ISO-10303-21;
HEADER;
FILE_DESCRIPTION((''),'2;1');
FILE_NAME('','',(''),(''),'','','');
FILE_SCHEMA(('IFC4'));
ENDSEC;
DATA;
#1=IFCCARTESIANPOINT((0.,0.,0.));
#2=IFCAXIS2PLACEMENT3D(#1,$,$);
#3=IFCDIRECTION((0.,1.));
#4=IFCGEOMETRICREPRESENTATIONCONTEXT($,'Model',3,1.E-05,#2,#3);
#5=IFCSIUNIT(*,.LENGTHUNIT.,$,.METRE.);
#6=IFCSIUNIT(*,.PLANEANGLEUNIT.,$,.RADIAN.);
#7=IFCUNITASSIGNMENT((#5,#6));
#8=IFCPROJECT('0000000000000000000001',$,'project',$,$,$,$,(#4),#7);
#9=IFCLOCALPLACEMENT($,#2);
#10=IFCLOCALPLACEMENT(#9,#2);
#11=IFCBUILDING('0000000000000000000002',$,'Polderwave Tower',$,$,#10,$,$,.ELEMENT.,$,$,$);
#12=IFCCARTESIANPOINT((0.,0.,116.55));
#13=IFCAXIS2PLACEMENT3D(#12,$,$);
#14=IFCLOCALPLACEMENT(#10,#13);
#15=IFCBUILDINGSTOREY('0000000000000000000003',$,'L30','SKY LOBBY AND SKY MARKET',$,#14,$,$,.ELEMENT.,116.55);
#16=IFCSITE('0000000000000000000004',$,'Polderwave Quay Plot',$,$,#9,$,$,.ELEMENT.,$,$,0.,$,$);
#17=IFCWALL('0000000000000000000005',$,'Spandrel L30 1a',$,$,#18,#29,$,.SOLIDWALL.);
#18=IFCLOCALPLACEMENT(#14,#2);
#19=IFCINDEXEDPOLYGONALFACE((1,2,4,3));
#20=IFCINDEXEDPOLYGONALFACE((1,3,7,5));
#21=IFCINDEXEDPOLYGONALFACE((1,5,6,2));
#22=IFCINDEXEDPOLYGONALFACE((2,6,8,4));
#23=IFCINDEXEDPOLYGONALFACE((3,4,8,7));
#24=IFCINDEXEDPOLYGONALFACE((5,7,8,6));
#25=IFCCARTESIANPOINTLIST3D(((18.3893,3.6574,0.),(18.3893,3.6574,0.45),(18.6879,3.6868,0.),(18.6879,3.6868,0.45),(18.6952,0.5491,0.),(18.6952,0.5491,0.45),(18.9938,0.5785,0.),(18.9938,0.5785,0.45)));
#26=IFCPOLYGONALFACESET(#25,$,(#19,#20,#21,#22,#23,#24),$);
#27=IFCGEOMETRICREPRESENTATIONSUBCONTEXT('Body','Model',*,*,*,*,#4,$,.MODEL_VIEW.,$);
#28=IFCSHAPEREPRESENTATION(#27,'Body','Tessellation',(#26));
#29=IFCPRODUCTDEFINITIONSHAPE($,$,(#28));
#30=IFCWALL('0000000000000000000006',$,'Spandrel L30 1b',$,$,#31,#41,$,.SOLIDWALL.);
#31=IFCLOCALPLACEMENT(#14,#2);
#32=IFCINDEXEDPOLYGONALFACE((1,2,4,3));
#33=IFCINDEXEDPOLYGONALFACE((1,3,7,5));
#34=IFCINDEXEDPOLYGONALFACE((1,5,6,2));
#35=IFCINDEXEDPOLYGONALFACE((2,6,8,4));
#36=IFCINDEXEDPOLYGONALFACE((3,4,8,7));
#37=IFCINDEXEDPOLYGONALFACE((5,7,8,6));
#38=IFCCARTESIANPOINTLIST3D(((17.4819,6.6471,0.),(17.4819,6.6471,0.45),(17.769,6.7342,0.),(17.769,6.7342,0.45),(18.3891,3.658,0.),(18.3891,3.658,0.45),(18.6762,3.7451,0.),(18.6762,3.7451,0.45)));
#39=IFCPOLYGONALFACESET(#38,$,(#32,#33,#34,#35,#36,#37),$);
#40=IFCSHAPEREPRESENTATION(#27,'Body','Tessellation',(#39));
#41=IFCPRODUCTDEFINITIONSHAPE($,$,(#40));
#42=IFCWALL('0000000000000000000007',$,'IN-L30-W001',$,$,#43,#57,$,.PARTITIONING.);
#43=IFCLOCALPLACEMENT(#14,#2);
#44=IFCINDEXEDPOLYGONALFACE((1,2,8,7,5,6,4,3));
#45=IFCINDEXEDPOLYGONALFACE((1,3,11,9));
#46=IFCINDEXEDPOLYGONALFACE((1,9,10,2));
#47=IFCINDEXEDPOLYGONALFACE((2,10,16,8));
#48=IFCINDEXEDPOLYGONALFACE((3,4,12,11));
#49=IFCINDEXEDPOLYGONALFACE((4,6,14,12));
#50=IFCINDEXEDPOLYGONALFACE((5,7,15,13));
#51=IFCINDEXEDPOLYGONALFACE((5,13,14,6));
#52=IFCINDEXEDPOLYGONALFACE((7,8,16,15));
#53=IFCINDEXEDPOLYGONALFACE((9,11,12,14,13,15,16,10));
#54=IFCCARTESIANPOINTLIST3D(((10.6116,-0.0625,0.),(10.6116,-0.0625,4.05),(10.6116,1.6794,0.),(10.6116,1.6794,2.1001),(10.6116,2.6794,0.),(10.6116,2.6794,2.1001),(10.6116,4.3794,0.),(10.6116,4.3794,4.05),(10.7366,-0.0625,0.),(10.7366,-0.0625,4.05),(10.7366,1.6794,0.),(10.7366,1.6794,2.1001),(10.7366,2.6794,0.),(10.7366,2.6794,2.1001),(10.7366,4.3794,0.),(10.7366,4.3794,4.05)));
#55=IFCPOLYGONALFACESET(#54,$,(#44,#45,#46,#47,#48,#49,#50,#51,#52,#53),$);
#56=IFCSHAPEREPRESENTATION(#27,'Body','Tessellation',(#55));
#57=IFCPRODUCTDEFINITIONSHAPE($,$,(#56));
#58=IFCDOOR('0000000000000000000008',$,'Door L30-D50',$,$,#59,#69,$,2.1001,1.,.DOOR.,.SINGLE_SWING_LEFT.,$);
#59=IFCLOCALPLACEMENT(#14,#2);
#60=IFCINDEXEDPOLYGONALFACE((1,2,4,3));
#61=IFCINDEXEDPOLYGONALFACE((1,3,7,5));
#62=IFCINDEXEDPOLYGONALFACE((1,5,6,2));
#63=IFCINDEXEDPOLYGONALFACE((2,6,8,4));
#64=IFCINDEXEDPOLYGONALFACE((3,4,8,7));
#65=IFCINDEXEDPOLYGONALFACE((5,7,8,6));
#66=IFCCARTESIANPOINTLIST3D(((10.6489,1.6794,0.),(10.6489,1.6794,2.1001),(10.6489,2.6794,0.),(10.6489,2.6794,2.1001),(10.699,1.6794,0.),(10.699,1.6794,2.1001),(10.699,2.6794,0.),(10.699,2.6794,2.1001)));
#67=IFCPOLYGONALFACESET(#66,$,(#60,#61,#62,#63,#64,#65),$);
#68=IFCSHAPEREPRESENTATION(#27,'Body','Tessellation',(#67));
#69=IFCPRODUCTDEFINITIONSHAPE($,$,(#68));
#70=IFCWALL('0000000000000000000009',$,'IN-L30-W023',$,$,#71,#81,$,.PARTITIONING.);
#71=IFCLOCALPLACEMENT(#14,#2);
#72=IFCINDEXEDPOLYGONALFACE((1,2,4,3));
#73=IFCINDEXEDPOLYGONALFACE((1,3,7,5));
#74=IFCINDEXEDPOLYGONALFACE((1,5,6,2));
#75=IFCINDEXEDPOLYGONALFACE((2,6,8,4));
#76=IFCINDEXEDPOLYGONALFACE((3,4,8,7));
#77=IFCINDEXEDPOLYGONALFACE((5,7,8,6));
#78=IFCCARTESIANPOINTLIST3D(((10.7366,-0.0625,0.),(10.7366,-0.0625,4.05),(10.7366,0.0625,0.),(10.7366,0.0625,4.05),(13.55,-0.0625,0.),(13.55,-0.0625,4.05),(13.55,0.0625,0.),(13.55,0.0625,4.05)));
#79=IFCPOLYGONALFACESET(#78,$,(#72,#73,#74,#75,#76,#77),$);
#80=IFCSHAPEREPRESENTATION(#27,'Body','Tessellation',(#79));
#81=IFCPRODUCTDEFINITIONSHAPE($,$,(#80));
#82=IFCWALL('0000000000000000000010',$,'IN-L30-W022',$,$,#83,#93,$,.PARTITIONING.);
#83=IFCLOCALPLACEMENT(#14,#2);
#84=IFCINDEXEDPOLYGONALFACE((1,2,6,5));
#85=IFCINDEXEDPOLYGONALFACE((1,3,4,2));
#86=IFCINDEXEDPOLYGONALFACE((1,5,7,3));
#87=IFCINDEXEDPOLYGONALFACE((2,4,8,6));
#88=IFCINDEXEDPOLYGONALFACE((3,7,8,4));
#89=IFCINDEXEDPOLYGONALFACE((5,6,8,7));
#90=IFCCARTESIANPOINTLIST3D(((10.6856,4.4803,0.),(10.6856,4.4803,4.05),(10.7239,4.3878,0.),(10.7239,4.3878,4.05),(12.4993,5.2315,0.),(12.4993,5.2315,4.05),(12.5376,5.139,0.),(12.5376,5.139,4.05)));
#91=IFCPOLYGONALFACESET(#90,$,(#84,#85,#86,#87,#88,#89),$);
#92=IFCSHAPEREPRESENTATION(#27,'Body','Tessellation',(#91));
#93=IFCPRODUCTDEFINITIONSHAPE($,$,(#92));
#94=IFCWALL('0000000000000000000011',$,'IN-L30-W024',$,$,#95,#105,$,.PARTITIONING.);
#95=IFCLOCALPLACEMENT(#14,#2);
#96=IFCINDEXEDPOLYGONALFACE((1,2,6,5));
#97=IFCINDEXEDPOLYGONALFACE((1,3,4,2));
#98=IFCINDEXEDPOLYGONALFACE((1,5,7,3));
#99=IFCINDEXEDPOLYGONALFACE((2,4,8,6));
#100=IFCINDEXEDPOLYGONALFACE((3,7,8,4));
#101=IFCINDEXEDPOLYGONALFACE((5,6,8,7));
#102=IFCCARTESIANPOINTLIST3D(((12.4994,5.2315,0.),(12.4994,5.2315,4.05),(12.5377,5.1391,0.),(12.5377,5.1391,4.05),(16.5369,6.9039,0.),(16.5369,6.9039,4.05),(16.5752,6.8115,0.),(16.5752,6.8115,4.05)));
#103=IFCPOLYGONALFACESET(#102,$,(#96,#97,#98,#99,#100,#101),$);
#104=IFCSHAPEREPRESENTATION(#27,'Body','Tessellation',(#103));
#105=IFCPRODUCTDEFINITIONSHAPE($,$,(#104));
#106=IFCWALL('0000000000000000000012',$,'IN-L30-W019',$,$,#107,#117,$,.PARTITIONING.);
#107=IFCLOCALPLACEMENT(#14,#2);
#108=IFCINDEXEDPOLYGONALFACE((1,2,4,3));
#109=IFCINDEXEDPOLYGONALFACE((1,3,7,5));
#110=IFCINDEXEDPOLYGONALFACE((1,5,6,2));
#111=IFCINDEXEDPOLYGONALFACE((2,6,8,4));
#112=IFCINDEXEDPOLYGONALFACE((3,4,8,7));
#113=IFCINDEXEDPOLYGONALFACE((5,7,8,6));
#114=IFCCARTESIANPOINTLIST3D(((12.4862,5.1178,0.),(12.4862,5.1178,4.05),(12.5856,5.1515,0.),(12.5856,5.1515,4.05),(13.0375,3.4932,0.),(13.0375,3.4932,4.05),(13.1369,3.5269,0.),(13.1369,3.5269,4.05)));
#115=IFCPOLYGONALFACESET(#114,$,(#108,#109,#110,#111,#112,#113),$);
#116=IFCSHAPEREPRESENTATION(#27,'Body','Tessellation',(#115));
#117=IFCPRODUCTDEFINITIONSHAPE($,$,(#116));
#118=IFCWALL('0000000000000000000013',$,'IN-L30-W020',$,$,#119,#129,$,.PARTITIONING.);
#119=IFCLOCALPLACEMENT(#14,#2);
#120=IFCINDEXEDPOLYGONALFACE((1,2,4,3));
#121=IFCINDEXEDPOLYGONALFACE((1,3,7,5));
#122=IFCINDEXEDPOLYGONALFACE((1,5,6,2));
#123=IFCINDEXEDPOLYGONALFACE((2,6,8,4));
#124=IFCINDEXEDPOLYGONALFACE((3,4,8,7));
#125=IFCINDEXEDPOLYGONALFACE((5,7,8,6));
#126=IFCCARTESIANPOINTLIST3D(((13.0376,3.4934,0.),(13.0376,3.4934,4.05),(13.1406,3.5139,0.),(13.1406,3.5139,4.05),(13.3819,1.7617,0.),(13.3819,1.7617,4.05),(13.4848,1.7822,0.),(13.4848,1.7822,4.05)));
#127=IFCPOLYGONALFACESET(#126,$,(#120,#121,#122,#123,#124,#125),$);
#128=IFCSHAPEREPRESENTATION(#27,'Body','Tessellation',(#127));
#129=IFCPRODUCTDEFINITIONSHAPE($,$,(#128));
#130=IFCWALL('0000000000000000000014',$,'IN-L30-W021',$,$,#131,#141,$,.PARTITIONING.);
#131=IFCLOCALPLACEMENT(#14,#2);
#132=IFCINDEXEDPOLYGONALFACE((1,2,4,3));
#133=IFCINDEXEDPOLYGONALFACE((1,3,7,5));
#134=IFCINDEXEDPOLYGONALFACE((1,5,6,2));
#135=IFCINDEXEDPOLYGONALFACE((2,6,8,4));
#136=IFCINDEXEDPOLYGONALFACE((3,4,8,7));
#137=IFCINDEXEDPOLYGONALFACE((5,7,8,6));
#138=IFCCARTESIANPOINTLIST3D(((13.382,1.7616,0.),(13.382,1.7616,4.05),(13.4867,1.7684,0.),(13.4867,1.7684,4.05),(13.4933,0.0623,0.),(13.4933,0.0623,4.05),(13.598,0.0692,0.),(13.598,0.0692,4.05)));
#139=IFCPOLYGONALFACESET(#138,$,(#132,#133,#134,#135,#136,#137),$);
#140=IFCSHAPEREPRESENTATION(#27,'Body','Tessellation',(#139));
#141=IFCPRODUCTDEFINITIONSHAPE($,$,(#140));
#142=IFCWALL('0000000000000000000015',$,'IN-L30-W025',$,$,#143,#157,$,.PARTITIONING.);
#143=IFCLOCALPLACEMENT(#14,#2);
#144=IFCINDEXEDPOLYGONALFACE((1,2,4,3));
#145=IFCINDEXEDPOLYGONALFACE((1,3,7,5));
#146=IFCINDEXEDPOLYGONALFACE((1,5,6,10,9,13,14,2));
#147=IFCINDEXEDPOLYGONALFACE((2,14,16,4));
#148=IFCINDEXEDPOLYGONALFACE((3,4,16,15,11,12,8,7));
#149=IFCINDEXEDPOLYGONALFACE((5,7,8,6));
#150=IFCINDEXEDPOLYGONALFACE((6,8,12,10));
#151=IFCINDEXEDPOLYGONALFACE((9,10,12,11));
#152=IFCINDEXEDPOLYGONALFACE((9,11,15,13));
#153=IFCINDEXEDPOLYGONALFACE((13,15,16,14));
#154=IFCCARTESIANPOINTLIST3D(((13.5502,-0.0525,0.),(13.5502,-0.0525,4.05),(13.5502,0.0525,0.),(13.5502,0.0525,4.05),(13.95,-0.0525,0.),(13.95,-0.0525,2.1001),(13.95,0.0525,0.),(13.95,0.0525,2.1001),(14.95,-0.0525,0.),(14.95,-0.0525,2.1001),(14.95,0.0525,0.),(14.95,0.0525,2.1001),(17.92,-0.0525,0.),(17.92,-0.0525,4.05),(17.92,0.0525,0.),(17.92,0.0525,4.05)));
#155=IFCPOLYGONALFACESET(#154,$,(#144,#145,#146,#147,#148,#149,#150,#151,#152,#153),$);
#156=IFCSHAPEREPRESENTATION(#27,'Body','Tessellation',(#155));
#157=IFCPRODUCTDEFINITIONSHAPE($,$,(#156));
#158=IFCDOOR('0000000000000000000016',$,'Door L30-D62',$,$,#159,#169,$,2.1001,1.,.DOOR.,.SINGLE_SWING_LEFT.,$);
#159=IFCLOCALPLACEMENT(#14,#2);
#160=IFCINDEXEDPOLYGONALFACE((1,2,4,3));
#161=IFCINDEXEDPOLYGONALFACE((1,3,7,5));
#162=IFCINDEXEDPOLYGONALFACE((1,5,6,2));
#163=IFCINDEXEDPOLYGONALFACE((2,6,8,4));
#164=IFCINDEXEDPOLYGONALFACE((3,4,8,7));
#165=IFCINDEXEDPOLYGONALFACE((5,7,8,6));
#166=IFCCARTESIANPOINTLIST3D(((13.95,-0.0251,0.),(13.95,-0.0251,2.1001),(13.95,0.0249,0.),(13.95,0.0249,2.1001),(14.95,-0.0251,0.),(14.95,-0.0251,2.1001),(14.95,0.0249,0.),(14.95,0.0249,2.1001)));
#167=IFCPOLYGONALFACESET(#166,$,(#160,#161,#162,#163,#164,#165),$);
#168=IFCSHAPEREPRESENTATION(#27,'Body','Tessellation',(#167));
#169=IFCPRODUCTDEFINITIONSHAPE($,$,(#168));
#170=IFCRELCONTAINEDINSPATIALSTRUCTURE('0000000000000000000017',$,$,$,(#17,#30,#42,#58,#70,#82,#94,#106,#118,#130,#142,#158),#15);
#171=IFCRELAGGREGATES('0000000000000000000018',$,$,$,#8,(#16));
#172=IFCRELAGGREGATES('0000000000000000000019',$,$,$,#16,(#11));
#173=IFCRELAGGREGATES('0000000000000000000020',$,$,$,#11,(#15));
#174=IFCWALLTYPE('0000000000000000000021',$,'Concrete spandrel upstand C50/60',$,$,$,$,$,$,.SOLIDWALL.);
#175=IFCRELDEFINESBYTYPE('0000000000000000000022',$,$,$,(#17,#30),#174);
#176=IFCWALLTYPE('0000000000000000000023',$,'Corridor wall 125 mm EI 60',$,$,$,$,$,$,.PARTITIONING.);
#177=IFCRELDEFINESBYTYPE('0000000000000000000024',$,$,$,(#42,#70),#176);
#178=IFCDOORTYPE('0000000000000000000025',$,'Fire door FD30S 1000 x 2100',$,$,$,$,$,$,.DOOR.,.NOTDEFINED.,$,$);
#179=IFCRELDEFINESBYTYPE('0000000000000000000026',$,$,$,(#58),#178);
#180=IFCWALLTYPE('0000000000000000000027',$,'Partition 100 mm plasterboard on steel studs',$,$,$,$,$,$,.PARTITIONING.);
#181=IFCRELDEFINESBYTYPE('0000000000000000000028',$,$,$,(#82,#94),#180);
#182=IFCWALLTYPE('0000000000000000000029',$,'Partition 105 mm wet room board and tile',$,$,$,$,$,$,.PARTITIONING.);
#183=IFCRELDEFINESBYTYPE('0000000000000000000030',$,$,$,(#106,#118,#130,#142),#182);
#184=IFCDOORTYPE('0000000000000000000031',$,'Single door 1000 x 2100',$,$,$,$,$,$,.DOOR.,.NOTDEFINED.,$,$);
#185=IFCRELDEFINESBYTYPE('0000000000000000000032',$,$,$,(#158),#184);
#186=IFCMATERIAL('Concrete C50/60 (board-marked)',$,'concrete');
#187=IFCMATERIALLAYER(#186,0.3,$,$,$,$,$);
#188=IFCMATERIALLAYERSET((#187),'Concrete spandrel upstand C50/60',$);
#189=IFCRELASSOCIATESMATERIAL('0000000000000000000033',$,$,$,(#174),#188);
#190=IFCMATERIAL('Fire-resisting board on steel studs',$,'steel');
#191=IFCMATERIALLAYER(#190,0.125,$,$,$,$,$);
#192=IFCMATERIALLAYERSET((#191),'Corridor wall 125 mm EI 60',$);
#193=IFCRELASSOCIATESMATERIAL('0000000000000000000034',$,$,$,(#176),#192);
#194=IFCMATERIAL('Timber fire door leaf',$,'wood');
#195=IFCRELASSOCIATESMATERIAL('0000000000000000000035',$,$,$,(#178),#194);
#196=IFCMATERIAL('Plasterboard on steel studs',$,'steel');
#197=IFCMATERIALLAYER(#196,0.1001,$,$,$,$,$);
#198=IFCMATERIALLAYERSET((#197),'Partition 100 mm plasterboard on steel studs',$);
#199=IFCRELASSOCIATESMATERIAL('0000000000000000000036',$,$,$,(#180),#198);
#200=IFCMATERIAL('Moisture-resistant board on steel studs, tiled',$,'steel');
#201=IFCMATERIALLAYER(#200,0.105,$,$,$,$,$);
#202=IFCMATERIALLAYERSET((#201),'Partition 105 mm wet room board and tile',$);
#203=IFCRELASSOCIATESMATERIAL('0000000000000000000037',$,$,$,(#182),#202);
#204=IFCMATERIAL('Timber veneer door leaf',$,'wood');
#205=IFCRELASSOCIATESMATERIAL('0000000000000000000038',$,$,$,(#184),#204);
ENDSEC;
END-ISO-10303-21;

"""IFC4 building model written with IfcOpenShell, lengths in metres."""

from ifc_helpers import new_model, si_unit, direction, frame, frame_2d, origin, place, context, subcontext, project, spatial, rectangle, extrude, material, layer, layer_set, type_object, element, fill, save


model = new_model("IFC4")

# Units and contexts
model_context = context("Model", 3, precision=1e-05, world=origin(), true_north=direction((0.0, 1.0)))
body_context = subcontext(model_context, "Body", "Model", "MODEL_VIEW")
ifc_project = project(units=[si_unit("LENGTHUNIT", "METRE"), si_unit("PLANEANGLEUNIT", "RADIAN")], contexts=[model_context])

# Site, building, storey
site_placement = place(None, origin())
site = spatial("IfcSite", under=ifc_project, at=site_placement, Name="Polderwave Quay Plot", CompositionType="ELEMENT", RefElevation=0.0)
building_placement = place(site_placement, origin())
building = spatial("IfcBuilding", under=site, at=building_placement, Name="Polderwave Tower", CompositionType="ELEMENT")
storey_placement = place(building_placement, frame((0.0, 0.0, 116.55)))
storey = spatial("IfcBuildingStorey", under=building, at=storey_placement, Name="L30", Description="SKY LOBBY AND SKY MARKET", CompositionType="ELEMENT", Elevation=116.55)

# Walls
ifc_material_1 = material(Name="Concrete C50/60 (board-marked)", Category="concrete")
ifc_layer_1 = layer(ifc_material_1, 0.3)
ifc_layer_set_1 = layer_set([ifc_layer_1], Name="Concrete spandrel upstand C50/60")
wall_type_1 = type_object("IfcWallType", Name="Concrete spandrel upstand C50/60", PredefinedType="SOLIDWALL", material=ifc_layer_set_1)
wall_1_placement = place(storey_placement, frame((18.8445, 0.564, 0.0), z_axis=(0.0, 0.0, 1.0), x_axis=(-0.097948, 0.995192, 0.0)))
element("IfcWall", 1, at=wall_1_placement, inside=storey, type_object=wall_type_1, Name="Spandrel L30 1a", PredefinedType="SOLIDWALL", context=body_context, shape_type="SweptSolid", body=[
    extrude(rectangle(XDim=3.1233, YDim=0.3, at=frame_2d((1.5615, 0.0))), origin(), (0.0, 0.0, 1.0), 0.45),
])
wall_2_placement = place(storey_placement, frame((18.5327, 3.7014, 0.0), z_axis=(0.0, 0.0, 1.0), x_axis=(-0.290415, 0.956901, 0.0)))
element("IfcWall", 2, at=wall_2_placement, inside=storey, type_object=wall_type_1, Name="Spandrel L30 1b", PredefinedType="SOLIDWALL", context=body_context, shape_type="SweptSolid", body=[
    extrude(rectangle(XDim=3.1238, YDim=0.3, at=frame_2d((1.562, 0.0))), origin(), (0.0, 0.0, 1.0), 0.45),
])

# Wall, opening, door
ifc_material_2 = material(Name="Fire-resisting board on steel studs", Category="steel")
ifc_layer_2 = layer(ifc_material_2, 0.125)
ifc_layer_set_2 = layer_set([ifc_layer_2], Name="Corridor wall 125 mm EI 60")
wall_type_2 = type_object("IfcWallType", Name="Corridor wall 125 mm EI 60", PredefinedType="PARTITIONING", material=ifc_layer_set_2)
wall_3_placement = place(storey_placement, frame((10.6741, 4.3794, 0.0), z_axis=(0.0, 0.0, 1.0), x_axis=(0.0, -1.0, 0.0)))
wall_3 = element("IfcWall", 3, at=wall_3_placement, inside=storey, type_object=wall_type_2, Name="IN-L30-W001", PredefinedType="PARTITIONING", context=body_context, shape_type="SweptSolid", body=[
    extrude(rectangle(XDim=4.4419, YDim=0.125, at=frame_2d((2.2209, 0.0))), origin(), (0.0, 0.0, 1.0), 4.05),
])
opening_1_placement = place(wall_3_placement, frame((1.7, 0.0, 0.0)))
opening_1 = element("IfcOpeningElement", 4, at=opening_1_placement, cuts=wall_3, PredefinedType="OPENING", context=body_context, shape_type="SweptSolid", body=[
    extrude(rectangle(XDim=1.0, YDim=2.1001, at=frame_2d((0.5, 1.05))), frame((0.0, 0.0725, 0.0), z_axis=(0.0, -1.0, 0.0), x_axis=(1.0, 0.0, 0.0)), (0.0, 0.0, 1.0), 0.145),
])
ifc_material_3 = material(Name="Timber fire door leaf", Category="wood")
door_type_1 = type_object("IfcDoorType", Name="Fire door FD30S 1000 x 2100", OperationType="NOTDEFINED", PredefinedType="DOOR", material=ifc_material_3)
door_1_placement = place(opening_1_placement, origin())
door_1 = element("IfcDoor", 5, at=door_1_placement, inside=storey, type_object=door_type_1, Name="Door L30-D50", OperationType="SINGLE_SWING_LEFT", OverallHeight=2.1001, OverallWidth=1.0, PredefinedType="DOOR", context=body_context, shape_type="SweptSolid", body=[
    extrude(rectangle(XDim=1.0, YDim=2.1001, at=frame_2d((0.5, 1.05))), frame((0.0, 0.0249, 0.0), z_axis=(0.0, -1.0, 0.0), x_axis=(1.0, 0.0, 0.0)), (0.0, 0.0, 1.0), 0.05),
])
fill(opening_1, door_1)

# Walls
wall_4_placement = place(storey_placement, frame((13.55, 0.0, 0.0), z_axis=(0.0, 0.0, 1.0), x_axis=(-1.0, 0.0, 0.0)))
element("IfcWall", 6, at=wall_4_placement, inside=storey, type_object=wall_type_2, Name="IN-L30-W023", PredefinedType="PARTITIONING", context=body_context, shape_type="SweptSolid", body=[
    extrude(rectangle(XDim=2.8135, YDim=0.125, at=frame_2d((1.4067, 0.0))), origin(), (0.0, 0.0, 1.0), 4.05),
])
ifc_material_4 = material(Name="Plasterboard on steel studs", Category="steel")
ifc_layer_3 = layer(ifc_material_4, 0.1001)
ifc_layer_set_3 = layer_set([ifc_layer_3], Name="Partition 100 mm plasterboard on steel studs")
wall_type_3 = type_object("IfcWallType", Name="Partition 100 mm plasterboard on steel studs", PredefinedType="PARTITIONING", material=ifc_layer_set_3)
wall_5_placement = place(storey_placement, frame((10.7048, 4.4341, 0.0), z_axis=(0.0, 0.0, 1.0), x_axis=(0.923888, 0.382663, 0.0)))
element("IfcWall", 7, at=wall_5_placement, inside=storey, type_object=wall_type_3, Name="IN-L30-W022", PredefinedType="PARTITIONING", context=body_context, shape_type="SweptSolid", body=[
    extrude(rectangle(XDim=1.9631, YDim=0.1001, at=frame_2d((0.9814, 0.0))), origin(), (0.0, 0.0, 1.0), 4.05),
])
wall_6_placement = place(storey_placement, frame((12.5186, 5.1853, 0.0), z_axis=(0.0, 0.0, 1.0), x_axis=(0.923877, 0.382691, 0.0)))
element("IfcWall", 8, at=wall_6_placement, inside=storey, type_object=wall_type_3, Name="IN-L30-W024", PredefinedType="PARTITIONING", context=body_context, shape_type="SweptSolid", body=[
    extrude(rectangle(XDim=4.3701, YDim=0.1001, at=frame_2d((2.1851, 0.0))), origin(), (0.0, 0.0, 1.0), 4.05),
])
ifc_material_5 = material(Name="Moisture-resistant board on steel studs, tiled", Category="steel")
ifc_layer_4 = layer(ifc_material_5, 0.105)
ifc_layer_set_4 = layer_set([ifc_layer_4], Name="Partition 105 mm wet room board and tile")
wall_type_4 = type_object("IfcWallType", Name="Partition 105 mm wet room board and tile", PredefinedType="PARTITIONING", material=ifc_layer_set_4)
wall_7_placement = place(storey_placement, frame((12.5359, 5.1348, 0.0), z_axis=(0.0, 0.0, 1.0), x_axis=(0.321346, -0.946962, 0.0)))
element("IfcWall", 9, at=wall_7_placement, inside=storey, type_object=wall_type_4, Name="IN-L30-W019", PredefinedType="PARTITIONING", context=body_context, shape_type="SweptSolid", body=[
    extrude(rectangle(XDim=1.7156, YDim=0.105, at=frame_2d((0.8579, 0.0))), origin(), (0.0, 0.0, 1.0), 4.05),
])
wall_8_placement = place(storey_placement, frame((13.0891, 3.5037, 0.0), z_axis=(0.0, 0.0, 1.0), x_axis=(0.194973, -0.980809, 0.0)))
element("IfcWall", 10, at=wall_8_placement, inside=storey, type_object=wall_type_4, Name="IN-L30-W020", PredefinedType="PARTITIONING", context=body_context, shape_type="SweptSolid", body=[
    extrude(rectangle(XDim=1.7656, YDim=0.105, at=frame_2d((0.8828, 0.0))), origin(), (0.0, 0.0, 1.0), 4.05),
])
wall_9_placement = place(storey_placement, frame((13.4343, 1.7651, 0.0), z_axis=(0.0, 0.0, 1.0), x_axis=(0.065377, -0.997861, 0.0)))
element("IfcWall", 11, at=wall_9_placement, inside=storey, type_object=wall_type_4, Name="IN-L30-W021", PredefinedType="PARTITIONING", context=body_context, shape_type="SweptSolid", body=[
    extrude(rectangle(XDim=1.7029, YDim=0.105, at=frame_2d((0.8516, 0.0))), origin(), (0.0, 0.0, 1.0), 4.05),
])

# Wall, opening, door
wall_10_placement = place(storey_placement, frame((13.55, 0.0, 0.0), z_axis=(0.0, 0.0, 1.0), x_axis=(1.0, 0.0, 0.0)))
wall_10 = element("IfcWall", 12, at=wall_10_placement, inside=storey, type_object=wall_type_4, Name="IN-L30-W025", PredefinedType="PARTITIONING", context=body_context, shape_type="SweptSolid", body=[
    extrude(rectangle(XDim=4.3699, YDim=0.105, at=frame_2d((2.1851, 0.0))), origin(), (0.0, 0.0, 1.0), 4.05),
])
opening_2_placement = place(wall_10_placement, frame((0.3999, 0.0, 0.0)))
opening_2 = element("IfcOpeningElement", 13, at=opening_2_placement, cuts=wall_10, PredefinedType="OPENING", context=body_context, shape_type="SweptSolid", body=[
    extrude(rectangle(XDim=1.0, YDim=2.1001, at=frame_2d((0.5, 1.05))), frame((0.0, 0.0625, 0.0), z_axis=(0.0, -1.0, 0.0), x_axis=(1.0, 0.0, 0.0)), (0.0, 0.0, 1.0), 0.125),
])
ifc_material_6 = material(Name="Timber veneer door leaf", Category="wood")
door_type_2 = type_object("IfcDoorType", Name="Single door 1000 x 2100", OperationType="NOTDEFINED", PredefinedType="DOOR", material=ifc_material_6)
door_2_placement = place(opening_2_placement, origin())
door_2 = element("IfcDoor", 14, at=door_2_placement, inside=storey, type_object=door_type_2, Name="Door L30-D62", OperationType="SINGLE_SWING_LEFT", OverallHeight=2.1001, OverallWidth=1.0, PredefinedType="DOOR", context=body_context, shape_type="SweptSolid", body=[
    extrude(rectangle(XDim=1.0, YDim=2.1001, at=frame_2d((0.5, 1.05))), frame((0.0, 0.0249, 0.0), z_axis=(0.0, -1.0, 0.0), x_axis=(1.0, 0.0, 0.0)), (0.0, 0.0, 1.0), 0.05),
])
fill(opening_2, door_2)

save(model, "model.ifc")
